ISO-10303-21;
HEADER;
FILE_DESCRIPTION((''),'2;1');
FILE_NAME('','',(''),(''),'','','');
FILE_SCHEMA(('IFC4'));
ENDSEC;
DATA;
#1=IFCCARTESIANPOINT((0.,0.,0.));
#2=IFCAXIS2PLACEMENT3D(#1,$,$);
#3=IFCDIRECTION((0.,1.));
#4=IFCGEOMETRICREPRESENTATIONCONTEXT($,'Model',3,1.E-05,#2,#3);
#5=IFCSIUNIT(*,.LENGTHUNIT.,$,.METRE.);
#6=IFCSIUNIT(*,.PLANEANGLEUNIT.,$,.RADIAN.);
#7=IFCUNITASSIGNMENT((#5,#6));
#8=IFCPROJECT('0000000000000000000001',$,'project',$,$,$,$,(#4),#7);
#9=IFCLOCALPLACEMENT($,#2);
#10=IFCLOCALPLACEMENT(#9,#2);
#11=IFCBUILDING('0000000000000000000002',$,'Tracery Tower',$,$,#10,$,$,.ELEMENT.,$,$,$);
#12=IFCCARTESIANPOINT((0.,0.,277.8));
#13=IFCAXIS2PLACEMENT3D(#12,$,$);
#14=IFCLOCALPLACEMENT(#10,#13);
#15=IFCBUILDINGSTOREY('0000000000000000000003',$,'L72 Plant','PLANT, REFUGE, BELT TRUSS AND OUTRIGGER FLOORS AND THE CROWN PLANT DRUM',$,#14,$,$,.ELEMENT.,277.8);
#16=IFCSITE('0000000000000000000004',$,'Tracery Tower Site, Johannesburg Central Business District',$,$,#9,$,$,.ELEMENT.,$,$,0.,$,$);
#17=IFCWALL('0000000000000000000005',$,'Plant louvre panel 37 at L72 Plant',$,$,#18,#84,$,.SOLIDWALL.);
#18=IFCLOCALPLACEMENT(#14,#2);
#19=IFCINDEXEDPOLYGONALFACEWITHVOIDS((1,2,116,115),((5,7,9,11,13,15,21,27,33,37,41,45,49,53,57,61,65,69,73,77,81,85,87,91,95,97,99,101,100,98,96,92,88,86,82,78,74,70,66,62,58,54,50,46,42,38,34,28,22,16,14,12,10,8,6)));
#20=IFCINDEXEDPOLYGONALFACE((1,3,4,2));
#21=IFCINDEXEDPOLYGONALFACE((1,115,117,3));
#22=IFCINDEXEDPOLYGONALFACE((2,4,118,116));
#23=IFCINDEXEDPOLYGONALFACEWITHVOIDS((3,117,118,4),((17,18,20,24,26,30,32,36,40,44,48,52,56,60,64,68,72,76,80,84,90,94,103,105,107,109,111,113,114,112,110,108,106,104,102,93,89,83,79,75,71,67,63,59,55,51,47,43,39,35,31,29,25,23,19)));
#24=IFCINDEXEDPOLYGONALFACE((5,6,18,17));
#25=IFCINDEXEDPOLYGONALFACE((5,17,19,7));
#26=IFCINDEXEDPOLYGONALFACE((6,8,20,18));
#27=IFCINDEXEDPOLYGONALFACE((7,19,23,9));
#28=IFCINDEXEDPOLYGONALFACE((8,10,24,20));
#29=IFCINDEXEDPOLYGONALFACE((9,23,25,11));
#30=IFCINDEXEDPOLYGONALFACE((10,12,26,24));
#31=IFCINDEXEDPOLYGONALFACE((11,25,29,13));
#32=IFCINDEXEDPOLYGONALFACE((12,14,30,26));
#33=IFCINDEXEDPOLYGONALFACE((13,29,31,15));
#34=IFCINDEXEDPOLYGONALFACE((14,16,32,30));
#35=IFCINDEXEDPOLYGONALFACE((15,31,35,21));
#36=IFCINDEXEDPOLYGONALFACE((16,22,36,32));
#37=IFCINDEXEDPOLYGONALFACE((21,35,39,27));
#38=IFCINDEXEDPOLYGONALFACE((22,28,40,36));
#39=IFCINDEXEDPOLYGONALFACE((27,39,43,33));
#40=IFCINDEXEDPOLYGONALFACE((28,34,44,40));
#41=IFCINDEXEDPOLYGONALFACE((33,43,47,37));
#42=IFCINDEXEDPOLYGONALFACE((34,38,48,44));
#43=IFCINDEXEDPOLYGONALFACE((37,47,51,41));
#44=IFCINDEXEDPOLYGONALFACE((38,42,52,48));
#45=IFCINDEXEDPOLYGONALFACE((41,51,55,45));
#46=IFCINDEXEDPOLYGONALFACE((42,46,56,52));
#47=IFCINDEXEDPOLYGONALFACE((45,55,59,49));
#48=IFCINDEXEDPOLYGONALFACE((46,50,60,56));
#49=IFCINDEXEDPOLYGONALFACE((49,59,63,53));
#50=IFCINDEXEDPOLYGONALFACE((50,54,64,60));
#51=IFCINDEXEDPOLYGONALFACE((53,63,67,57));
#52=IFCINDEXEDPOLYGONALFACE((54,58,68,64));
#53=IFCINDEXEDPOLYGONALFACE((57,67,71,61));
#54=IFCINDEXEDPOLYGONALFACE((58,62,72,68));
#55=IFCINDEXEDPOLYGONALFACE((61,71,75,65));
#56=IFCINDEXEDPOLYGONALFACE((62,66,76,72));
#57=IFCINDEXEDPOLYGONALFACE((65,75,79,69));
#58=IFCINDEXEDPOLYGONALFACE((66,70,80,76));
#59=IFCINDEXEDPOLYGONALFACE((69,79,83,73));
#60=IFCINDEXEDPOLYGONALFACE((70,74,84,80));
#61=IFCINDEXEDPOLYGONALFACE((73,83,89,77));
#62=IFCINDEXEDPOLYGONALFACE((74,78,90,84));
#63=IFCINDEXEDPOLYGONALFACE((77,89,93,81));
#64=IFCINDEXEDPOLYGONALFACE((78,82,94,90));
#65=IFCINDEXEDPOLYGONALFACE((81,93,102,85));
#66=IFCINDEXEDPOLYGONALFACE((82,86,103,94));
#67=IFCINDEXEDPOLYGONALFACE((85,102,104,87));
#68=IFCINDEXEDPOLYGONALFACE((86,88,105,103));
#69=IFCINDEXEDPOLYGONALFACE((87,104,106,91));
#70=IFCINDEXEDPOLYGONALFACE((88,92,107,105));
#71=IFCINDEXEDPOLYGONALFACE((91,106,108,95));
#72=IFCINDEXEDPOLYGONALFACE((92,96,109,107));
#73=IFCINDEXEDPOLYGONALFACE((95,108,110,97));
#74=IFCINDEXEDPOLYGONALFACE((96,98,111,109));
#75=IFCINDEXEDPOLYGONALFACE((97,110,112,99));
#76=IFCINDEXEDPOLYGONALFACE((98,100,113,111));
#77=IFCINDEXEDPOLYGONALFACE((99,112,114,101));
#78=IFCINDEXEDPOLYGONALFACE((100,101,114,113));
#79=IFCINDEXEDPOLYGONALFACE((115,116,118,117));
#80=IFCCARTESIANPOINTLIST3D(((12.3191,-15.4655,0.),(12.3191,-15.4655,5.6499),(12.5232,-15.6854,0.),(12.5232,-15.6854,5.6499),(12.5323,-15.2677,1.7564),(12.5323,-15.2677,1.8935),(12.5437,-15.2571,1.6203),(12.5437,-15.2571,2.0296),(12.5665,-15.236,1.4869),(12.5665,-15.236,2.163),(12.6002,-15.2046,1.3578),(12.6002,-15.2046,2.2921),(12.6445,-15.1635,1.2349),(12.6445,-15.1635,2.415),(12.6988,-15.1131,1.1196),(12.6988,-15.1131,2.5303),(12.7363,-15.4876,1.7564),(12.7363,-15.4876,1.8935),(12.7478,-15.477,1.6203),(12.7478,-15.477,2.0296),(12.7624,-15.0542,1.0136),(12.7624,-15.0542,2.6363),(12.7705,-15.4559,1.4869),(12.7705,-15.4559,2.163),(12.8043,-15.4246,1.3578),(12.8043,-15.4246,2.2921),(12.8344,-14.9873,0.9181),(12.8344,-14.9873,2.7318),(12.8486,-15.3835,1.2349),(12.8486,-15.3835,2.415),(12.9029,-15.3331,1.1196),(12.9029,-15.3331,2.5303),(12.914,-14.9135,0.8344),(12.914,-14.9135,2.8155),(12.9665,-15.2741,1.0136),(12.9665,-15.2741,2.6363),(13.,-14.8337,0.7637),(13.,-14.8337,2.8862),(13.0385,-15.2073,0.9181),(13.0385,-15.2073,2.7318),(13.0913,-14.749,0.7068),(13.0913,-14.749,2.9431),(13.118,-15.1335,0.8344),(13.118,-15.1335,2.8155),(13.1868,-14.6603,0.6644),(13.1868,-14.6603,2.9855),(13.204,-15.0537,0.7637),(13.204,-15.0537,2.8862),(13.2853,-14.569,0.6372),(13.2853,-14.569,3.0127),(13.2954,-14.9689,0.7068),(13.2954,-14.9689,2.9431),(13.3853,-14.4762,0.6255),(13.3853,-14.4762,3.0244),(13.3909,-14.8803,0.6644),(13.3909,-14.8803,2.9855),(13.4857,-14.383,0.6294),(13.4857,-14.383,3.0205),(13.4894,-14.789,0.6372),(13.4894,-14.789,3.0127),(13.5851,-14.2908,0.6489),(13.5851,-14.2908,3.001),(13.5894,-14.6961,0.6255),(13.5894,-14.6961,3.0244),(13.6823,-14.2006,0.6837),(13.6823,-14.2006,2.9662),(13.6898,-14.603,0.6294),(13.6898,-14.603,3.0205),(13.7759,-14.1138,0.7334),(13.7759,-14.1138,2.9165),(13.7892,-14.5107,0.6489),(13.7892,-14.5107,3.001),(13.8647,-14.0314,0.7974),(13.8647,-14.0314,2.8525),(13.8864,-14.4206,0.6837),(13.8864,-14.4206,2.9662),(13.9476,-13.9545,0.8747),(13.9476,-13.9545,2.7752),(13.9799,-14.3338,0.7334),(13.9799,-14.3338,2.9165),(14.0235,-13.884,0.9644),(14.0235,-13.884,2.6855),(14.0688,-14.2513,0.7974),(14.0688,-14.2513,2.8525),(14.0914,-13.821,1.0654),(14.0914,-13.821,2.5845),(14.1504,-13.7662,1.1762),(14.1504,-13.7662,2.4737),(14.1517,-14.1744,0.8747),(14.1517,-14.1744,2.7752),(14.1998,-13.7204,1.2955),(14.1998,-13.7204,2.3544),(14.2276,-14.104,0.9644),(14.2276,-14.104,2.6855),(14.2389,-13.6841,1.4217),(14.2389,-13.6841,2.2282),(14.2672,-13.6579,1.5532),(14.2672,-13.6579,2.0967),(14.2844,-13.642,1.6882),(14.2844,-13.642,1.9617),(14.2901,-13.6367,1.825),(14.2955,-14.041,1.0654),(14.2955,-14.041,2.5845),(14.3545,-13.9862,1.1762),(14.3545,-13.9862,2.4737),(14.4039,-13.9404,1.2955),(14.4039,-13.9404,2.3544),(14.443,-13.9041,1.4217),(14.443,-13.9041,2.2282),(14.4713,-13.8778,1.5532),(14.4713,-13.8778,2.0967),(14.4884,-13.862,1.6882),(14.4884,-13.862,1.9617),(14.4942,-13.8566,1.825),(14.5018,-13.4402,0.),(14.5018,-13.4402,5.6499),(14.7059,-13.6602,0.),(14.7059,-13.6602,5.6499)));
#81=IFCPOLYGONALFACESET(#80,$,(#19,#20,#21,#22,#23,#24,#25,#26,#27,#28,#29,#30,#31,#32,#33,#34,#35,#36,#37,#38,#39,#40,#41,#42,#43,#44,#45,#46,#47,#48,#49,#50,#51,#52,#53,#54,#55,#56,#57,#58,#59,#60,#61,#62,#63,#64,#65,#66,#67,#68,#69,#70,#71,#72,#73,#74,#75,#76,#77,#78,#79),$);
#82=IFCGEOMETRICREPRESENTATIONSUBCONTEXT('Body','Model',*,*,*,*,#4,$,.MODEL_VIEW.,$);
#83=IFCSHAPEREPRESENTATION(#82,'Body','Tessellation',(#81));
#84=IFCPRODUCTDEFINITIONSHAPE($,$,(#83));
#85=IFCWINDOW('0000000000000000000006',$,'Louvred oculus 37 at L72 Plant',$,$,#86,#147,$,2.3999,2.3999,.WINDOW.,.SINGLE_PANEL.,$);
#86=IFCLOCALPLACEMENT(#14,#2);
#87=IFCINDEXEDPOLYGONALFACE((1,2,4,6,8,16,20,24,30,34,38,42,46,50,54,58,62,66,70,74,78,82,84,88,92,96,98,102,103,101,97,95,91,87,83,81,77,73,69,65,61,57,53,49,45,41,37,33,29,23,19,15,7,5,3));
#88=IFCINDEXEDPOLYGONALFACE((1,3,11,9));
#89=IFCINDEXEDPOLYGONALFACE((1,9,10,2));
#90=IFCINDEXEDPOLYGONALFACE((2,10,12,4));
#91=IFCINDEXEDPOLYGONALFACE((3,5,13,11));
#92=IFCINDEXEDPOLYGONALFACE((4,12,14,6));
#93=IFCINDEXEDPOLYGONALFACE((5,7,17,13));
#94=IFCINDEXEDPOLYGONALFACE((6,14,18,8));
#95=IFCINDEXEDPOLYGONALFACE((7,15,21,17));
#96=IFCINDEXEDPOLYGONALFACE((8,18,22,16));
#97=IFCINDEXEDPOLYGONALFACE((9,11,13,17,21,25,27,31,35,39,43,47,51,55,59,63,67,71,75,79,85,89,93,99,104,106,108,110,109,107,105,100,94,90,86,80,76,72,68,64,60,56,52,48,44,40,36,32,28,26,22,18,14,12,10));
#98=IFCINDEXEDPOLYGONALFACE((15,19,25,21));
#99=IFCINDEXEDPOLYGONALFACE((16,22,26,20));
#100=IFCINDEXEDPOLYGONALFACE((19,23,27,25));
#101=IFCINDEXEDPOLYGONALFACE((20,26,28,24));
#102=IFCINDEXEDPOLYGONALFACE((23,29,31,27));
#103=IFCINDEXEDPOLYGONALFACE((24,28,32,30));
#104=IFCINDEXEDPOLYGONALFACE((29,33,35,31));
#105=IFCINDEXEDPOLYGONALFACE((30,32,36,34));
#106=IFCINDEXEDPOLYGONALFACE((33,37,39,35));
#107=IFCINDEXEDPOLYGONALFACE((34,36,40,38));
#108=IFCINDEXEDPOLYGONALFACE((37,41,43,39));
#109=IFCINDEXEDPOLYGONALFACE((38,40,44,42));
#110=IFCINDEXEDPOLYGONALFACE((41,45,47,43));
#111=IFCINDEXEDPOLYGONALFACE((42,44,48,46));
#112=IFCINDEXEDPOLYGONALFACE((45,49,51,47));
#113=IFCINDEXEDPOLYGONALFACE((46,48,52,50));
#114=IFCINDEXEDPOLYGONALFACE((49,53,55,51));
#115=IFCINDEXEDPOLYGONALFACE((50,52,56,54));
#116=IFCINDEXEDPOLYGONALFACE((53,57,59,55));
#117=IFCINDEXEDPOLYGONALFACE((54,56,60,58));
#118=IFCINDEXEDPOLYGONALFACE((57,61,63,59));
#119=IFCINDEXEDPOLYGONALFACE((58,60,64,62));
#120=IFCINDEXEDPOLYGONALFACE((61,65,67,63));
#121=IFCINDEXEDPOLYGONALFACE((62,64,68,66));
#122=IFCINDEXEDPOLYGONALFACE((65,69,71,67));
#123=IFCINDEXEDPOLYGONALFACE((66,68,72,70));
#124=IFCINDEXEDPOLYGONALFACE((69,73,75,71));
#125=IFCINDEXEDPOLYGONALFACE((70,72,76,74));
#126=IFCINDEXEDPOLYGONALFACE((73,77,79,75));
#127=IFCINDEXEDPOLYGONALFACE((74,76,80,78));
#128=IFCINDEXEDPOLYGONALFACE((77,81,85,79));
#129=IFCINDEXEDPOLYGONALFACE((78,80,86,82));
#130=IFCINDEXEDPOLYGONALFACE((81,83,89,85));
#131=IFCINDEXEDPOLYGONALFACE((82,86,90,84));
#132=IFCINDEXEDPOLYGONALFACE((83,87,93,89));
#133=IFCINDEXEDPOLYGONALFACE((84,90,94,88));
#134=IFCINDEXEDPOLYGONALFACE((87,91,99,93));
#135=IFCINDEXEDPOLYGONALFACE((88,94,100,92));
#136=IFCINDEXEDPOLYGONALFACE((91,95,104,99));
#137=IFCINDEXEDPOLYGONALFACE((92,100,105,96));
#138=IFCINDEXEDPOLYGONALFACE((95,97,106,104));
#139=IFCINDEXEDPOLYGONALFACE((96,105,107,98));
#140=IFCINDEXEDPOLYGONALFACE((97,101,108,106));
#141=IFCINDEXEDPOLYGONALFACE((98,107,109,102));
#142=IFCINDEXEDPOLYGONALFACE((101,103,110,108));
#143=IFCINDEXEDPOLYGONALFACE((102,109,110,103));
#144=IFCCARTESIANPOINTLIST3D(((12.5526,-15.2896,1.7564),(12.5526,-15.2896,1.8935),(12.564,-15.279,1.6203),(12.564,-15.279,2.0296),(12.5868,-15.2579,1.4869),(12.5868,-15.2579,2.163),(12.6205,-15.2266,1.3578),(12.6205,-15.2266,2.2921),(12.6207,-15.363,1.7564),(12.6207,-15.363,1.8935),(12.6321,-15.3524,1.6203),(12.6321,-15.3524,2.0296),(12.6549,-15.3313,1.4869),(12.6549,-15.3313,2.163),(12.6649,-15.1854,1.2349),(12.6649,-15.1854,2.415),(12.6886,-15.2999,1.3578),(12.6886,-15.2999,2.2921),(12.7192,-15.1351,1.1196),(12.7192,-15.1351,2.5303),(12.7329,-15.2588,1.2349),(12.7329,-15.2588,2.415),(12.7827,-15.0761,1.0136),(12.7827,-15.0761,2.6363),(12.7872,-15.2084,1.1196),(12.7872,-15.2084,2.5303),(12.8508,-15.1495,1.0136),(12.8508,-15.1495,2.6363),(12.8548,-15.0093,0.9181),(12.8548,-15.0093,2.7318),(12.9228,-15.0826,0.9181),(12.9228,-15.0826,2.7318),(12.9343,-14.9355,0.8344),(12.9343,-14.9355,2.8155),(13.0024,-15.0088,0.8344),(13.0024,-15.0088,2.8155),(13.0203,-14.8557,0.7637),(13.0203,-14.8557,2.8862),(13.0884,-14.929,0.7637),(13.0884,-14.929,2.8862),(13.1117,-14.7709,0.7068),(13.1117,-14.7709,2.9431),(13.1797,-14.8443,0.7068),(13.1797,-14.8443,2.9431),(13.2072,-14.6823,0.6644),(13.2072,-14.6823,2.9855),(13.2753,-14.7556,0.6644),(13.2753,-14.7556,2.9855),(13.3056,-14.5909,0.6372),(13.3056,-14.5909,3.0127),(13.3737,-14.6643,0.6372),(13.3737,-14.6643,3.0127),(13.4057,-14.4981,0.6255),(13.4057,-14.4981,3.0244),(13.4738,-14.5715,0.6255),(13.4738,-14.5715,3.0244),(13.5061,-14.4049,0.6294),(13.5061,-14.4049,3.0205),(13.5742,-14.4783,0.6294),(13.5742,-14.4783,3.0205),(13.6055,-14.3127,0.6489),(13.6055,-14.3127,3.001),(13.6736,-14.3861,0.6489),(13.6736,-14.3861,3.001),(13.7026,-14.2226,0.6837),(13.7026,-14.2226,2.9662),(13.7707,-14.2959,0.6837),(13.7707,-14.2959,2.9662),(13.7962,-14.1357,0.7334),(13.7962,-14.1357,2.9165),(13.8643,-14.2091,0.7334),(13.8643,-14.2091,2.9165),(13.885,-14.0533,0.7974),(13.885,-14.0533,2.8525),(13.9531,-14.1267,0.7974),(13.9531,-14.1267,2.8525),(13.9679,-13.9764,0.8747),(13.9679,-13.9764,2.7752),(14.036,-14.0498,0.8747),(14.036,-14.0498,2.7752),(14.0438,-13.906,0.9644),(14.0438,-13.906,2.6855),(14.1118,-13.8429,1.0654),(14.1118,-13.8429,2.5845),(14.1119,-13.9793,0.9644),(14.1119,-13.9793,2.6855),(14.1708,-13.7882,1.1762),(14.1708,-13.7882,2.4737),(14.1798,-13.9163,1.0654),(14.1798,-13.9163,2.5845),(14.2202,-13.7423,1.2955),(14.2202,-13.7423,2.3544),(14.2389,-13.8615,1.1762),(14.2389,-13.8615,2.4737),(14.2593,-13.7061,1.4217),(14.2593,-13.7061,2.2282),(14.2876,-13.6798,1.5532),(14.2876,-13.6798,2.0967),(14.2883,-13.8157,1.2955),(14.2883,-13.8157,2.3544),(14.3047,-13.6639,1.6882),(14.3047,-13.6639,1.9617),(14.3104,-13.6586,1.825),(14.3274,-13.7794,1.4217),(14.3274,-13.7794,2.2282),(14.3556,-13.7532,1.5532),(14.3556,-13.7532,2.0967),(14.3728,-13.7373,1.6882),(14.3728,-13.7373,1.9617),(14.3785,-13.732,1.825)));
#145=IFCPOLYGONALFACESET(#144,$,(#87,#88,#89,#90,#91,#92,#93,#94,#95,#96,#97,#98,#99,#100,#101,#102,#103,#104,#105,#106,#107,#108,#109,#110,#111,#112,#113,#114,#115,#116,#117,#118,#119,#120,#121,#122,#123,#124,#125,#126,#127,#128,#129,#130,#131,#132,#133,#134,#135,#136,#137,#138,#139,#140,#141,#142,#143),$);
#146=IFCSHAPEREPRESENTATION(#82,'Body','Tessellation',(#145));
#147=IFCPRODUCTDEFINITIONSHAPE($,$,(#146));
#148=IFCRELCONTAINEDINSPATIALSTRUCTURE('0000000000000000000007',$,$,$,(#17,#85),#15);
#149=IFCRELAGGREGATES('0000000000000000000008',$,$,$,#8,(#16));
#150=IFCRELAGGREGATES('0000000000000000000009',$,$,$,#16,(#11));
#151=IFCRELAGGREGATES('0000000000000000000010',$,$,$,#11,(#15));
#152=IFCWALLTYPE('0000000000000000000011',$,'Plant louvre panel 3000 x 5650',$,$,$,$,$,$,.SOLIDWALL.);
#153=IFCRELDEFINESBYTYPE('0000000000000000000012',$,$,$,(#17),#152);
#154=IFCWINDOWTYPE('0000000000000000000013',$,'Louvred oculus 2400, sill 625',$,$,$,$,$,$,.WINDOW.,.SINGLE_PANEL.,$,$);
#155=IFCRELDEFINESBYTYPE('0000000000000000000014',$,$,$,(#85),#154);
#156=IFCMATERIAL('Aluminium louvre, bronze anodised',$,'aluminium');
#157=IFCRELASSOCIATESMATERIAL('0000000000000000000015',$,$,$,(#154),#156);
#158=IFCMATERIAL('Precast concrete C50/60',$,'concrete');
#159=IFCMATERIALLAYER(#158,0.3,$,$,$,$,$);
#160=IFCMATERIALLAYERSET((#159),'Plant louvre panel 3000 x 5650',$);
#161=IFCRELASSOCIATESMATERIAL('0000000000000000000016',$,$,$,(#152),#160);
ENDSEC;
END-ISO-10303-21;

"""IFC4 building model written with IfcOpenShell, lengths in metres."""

from ifc_helpers import new_model, si_unit, direction, frame, frame_2d, origin, origin_2d, place, context, subcontext, project, spatial, rectangle, circle, extrude, material, layer, layer_set, type_object, element, fill, save


model = new_model("IFC4")

# Units and contexts
model_context = context("Model", 3, precision=1e-05, world=origin(), true_north=direction((0.0, 1.0)))
body_context = subcontext(model_context, "Body", "Model", "MODEL_VIEW")
ifc_project = project(units=[si_unit("LENGTHUNIT", "METRE"), si_unit("PLANEANGLEUNIT", "RADIAN")], contexts=[model_context])

# Site, building, storey
site_placement = place(None, origin())
site = spatial("IfcSite", under=ifc_project, at=site_placement, Name="Tracery Tower Site, Johannesburg Central Business District", CompositionType="ELEMENT", RefElevation=0.0)
building_placement = place(site_placement, origin())
building = spatial("IfcBuilding", under=site, at=building_placement, Name="Tracery Tower", CompositionType="ELEMENT")
storey_placement = place(building_placement, frame((0.0, 0.0, 277.8)))
storey = spatial("IfcBuildingStorey", under=building, at=storey_placement, Name="L72 Plant", Description="PLANT, REFUGE, BELT TRUSS AND OUTRIGGER FLOORS AND THE CROWN PLANT DRUM", CompositionType="ELEMENT", Elevation=277.8)

# Wall, opening, window
ifc_material_1 = material(Name="Aluminium louvre, bronze anodised", Category="aluminium")
window_type = type_object("IfcWindowType", Name="Louvred oculus 2400, sill 625", PartitioningType="SINGLE_PANEL", PredefinedType="WINDOW", material=ifc_material_1)
ifc_material_2 = material(Name="Precast concrete C50/60", Category="concrete")
ifc_layer_1 = layer(ifc_material_2, 0.3)
ifc_layer_set_1 = layer_set([ifc_layer_1], Name="Plant louvre panel 3000 x 5650")
wall_type_1 = type_object("IfcWallType", Name="Plant louvre panel 3000 x 5650", PredefinedType="SOLIDWALL", material=ifc_layer_set_1)
wall_1_placement = place(storey_placement, frame((12.4211, -15.5754, 0.0), z_axis=(0.0, 0.0, 1.0), x_axis=(0.733056, 0.680168, 0.0)))
wall_1 = element("IfcWall", 1, at=wall_1_placement, inside=storey, type_object=wall_type_1, Name="Plant louvre panel 37 at L72 Plant", PredefinedType="SOLIDWALL", context=body_context, shape_type="SweptSolid", body=[
    extrude(rectangle(XDim=2.9775, YDim=0.3, at=frame_2d((1.4888, 0.0))), origin(), (0.0, 0.0, 1.0), 5.6499),
])
opening_1_placement = place(wall_1_placement, frame((1.4888, 0.0, 1.825)))
opening_1 = element("IfcOpeningElement", 2, at=opening_1_placement, cuts=wall_1, PredefinedType="OPENING", context=body_context, shape_type="SweptSolid", body=[
    extrude(circle(Radius=1.2, at=origin_2d()), frame((0.0, 0.1599, 0.0), z_axis=(0.0, -1.0, 0.0), x_axis=(1.0, 0.0, 0.0)), (0.0, 0.0, 1.0), 0.3201),
])
window_1_placement = place(opening_1_placement, origin())
window_1 = element("IfcWindow", 3, at=window_1_placement, inside=storey, type_object=window_type, Name="Louvred oculus 37 at L72 Plant", OverallHeight=2.3999, OverallWidth=2.3999, PartitioningType="SINGLE_PANEL", PredefinedType="WINDOW", context=body_context, shape_type="SweptSolid", body=[
    extrude(circle(Radius=1.2, at=origin_2d()), frame((0.0, 0.1201, 0.0), z_axis=(0.0, -1.0, 0.0), x_axis=(1.0, 0.0, 0.0)), (0.0, 0.0, 1.0), 0.1001),
])
fill(opening_1, window_1)

save(model, "model.ifc")
